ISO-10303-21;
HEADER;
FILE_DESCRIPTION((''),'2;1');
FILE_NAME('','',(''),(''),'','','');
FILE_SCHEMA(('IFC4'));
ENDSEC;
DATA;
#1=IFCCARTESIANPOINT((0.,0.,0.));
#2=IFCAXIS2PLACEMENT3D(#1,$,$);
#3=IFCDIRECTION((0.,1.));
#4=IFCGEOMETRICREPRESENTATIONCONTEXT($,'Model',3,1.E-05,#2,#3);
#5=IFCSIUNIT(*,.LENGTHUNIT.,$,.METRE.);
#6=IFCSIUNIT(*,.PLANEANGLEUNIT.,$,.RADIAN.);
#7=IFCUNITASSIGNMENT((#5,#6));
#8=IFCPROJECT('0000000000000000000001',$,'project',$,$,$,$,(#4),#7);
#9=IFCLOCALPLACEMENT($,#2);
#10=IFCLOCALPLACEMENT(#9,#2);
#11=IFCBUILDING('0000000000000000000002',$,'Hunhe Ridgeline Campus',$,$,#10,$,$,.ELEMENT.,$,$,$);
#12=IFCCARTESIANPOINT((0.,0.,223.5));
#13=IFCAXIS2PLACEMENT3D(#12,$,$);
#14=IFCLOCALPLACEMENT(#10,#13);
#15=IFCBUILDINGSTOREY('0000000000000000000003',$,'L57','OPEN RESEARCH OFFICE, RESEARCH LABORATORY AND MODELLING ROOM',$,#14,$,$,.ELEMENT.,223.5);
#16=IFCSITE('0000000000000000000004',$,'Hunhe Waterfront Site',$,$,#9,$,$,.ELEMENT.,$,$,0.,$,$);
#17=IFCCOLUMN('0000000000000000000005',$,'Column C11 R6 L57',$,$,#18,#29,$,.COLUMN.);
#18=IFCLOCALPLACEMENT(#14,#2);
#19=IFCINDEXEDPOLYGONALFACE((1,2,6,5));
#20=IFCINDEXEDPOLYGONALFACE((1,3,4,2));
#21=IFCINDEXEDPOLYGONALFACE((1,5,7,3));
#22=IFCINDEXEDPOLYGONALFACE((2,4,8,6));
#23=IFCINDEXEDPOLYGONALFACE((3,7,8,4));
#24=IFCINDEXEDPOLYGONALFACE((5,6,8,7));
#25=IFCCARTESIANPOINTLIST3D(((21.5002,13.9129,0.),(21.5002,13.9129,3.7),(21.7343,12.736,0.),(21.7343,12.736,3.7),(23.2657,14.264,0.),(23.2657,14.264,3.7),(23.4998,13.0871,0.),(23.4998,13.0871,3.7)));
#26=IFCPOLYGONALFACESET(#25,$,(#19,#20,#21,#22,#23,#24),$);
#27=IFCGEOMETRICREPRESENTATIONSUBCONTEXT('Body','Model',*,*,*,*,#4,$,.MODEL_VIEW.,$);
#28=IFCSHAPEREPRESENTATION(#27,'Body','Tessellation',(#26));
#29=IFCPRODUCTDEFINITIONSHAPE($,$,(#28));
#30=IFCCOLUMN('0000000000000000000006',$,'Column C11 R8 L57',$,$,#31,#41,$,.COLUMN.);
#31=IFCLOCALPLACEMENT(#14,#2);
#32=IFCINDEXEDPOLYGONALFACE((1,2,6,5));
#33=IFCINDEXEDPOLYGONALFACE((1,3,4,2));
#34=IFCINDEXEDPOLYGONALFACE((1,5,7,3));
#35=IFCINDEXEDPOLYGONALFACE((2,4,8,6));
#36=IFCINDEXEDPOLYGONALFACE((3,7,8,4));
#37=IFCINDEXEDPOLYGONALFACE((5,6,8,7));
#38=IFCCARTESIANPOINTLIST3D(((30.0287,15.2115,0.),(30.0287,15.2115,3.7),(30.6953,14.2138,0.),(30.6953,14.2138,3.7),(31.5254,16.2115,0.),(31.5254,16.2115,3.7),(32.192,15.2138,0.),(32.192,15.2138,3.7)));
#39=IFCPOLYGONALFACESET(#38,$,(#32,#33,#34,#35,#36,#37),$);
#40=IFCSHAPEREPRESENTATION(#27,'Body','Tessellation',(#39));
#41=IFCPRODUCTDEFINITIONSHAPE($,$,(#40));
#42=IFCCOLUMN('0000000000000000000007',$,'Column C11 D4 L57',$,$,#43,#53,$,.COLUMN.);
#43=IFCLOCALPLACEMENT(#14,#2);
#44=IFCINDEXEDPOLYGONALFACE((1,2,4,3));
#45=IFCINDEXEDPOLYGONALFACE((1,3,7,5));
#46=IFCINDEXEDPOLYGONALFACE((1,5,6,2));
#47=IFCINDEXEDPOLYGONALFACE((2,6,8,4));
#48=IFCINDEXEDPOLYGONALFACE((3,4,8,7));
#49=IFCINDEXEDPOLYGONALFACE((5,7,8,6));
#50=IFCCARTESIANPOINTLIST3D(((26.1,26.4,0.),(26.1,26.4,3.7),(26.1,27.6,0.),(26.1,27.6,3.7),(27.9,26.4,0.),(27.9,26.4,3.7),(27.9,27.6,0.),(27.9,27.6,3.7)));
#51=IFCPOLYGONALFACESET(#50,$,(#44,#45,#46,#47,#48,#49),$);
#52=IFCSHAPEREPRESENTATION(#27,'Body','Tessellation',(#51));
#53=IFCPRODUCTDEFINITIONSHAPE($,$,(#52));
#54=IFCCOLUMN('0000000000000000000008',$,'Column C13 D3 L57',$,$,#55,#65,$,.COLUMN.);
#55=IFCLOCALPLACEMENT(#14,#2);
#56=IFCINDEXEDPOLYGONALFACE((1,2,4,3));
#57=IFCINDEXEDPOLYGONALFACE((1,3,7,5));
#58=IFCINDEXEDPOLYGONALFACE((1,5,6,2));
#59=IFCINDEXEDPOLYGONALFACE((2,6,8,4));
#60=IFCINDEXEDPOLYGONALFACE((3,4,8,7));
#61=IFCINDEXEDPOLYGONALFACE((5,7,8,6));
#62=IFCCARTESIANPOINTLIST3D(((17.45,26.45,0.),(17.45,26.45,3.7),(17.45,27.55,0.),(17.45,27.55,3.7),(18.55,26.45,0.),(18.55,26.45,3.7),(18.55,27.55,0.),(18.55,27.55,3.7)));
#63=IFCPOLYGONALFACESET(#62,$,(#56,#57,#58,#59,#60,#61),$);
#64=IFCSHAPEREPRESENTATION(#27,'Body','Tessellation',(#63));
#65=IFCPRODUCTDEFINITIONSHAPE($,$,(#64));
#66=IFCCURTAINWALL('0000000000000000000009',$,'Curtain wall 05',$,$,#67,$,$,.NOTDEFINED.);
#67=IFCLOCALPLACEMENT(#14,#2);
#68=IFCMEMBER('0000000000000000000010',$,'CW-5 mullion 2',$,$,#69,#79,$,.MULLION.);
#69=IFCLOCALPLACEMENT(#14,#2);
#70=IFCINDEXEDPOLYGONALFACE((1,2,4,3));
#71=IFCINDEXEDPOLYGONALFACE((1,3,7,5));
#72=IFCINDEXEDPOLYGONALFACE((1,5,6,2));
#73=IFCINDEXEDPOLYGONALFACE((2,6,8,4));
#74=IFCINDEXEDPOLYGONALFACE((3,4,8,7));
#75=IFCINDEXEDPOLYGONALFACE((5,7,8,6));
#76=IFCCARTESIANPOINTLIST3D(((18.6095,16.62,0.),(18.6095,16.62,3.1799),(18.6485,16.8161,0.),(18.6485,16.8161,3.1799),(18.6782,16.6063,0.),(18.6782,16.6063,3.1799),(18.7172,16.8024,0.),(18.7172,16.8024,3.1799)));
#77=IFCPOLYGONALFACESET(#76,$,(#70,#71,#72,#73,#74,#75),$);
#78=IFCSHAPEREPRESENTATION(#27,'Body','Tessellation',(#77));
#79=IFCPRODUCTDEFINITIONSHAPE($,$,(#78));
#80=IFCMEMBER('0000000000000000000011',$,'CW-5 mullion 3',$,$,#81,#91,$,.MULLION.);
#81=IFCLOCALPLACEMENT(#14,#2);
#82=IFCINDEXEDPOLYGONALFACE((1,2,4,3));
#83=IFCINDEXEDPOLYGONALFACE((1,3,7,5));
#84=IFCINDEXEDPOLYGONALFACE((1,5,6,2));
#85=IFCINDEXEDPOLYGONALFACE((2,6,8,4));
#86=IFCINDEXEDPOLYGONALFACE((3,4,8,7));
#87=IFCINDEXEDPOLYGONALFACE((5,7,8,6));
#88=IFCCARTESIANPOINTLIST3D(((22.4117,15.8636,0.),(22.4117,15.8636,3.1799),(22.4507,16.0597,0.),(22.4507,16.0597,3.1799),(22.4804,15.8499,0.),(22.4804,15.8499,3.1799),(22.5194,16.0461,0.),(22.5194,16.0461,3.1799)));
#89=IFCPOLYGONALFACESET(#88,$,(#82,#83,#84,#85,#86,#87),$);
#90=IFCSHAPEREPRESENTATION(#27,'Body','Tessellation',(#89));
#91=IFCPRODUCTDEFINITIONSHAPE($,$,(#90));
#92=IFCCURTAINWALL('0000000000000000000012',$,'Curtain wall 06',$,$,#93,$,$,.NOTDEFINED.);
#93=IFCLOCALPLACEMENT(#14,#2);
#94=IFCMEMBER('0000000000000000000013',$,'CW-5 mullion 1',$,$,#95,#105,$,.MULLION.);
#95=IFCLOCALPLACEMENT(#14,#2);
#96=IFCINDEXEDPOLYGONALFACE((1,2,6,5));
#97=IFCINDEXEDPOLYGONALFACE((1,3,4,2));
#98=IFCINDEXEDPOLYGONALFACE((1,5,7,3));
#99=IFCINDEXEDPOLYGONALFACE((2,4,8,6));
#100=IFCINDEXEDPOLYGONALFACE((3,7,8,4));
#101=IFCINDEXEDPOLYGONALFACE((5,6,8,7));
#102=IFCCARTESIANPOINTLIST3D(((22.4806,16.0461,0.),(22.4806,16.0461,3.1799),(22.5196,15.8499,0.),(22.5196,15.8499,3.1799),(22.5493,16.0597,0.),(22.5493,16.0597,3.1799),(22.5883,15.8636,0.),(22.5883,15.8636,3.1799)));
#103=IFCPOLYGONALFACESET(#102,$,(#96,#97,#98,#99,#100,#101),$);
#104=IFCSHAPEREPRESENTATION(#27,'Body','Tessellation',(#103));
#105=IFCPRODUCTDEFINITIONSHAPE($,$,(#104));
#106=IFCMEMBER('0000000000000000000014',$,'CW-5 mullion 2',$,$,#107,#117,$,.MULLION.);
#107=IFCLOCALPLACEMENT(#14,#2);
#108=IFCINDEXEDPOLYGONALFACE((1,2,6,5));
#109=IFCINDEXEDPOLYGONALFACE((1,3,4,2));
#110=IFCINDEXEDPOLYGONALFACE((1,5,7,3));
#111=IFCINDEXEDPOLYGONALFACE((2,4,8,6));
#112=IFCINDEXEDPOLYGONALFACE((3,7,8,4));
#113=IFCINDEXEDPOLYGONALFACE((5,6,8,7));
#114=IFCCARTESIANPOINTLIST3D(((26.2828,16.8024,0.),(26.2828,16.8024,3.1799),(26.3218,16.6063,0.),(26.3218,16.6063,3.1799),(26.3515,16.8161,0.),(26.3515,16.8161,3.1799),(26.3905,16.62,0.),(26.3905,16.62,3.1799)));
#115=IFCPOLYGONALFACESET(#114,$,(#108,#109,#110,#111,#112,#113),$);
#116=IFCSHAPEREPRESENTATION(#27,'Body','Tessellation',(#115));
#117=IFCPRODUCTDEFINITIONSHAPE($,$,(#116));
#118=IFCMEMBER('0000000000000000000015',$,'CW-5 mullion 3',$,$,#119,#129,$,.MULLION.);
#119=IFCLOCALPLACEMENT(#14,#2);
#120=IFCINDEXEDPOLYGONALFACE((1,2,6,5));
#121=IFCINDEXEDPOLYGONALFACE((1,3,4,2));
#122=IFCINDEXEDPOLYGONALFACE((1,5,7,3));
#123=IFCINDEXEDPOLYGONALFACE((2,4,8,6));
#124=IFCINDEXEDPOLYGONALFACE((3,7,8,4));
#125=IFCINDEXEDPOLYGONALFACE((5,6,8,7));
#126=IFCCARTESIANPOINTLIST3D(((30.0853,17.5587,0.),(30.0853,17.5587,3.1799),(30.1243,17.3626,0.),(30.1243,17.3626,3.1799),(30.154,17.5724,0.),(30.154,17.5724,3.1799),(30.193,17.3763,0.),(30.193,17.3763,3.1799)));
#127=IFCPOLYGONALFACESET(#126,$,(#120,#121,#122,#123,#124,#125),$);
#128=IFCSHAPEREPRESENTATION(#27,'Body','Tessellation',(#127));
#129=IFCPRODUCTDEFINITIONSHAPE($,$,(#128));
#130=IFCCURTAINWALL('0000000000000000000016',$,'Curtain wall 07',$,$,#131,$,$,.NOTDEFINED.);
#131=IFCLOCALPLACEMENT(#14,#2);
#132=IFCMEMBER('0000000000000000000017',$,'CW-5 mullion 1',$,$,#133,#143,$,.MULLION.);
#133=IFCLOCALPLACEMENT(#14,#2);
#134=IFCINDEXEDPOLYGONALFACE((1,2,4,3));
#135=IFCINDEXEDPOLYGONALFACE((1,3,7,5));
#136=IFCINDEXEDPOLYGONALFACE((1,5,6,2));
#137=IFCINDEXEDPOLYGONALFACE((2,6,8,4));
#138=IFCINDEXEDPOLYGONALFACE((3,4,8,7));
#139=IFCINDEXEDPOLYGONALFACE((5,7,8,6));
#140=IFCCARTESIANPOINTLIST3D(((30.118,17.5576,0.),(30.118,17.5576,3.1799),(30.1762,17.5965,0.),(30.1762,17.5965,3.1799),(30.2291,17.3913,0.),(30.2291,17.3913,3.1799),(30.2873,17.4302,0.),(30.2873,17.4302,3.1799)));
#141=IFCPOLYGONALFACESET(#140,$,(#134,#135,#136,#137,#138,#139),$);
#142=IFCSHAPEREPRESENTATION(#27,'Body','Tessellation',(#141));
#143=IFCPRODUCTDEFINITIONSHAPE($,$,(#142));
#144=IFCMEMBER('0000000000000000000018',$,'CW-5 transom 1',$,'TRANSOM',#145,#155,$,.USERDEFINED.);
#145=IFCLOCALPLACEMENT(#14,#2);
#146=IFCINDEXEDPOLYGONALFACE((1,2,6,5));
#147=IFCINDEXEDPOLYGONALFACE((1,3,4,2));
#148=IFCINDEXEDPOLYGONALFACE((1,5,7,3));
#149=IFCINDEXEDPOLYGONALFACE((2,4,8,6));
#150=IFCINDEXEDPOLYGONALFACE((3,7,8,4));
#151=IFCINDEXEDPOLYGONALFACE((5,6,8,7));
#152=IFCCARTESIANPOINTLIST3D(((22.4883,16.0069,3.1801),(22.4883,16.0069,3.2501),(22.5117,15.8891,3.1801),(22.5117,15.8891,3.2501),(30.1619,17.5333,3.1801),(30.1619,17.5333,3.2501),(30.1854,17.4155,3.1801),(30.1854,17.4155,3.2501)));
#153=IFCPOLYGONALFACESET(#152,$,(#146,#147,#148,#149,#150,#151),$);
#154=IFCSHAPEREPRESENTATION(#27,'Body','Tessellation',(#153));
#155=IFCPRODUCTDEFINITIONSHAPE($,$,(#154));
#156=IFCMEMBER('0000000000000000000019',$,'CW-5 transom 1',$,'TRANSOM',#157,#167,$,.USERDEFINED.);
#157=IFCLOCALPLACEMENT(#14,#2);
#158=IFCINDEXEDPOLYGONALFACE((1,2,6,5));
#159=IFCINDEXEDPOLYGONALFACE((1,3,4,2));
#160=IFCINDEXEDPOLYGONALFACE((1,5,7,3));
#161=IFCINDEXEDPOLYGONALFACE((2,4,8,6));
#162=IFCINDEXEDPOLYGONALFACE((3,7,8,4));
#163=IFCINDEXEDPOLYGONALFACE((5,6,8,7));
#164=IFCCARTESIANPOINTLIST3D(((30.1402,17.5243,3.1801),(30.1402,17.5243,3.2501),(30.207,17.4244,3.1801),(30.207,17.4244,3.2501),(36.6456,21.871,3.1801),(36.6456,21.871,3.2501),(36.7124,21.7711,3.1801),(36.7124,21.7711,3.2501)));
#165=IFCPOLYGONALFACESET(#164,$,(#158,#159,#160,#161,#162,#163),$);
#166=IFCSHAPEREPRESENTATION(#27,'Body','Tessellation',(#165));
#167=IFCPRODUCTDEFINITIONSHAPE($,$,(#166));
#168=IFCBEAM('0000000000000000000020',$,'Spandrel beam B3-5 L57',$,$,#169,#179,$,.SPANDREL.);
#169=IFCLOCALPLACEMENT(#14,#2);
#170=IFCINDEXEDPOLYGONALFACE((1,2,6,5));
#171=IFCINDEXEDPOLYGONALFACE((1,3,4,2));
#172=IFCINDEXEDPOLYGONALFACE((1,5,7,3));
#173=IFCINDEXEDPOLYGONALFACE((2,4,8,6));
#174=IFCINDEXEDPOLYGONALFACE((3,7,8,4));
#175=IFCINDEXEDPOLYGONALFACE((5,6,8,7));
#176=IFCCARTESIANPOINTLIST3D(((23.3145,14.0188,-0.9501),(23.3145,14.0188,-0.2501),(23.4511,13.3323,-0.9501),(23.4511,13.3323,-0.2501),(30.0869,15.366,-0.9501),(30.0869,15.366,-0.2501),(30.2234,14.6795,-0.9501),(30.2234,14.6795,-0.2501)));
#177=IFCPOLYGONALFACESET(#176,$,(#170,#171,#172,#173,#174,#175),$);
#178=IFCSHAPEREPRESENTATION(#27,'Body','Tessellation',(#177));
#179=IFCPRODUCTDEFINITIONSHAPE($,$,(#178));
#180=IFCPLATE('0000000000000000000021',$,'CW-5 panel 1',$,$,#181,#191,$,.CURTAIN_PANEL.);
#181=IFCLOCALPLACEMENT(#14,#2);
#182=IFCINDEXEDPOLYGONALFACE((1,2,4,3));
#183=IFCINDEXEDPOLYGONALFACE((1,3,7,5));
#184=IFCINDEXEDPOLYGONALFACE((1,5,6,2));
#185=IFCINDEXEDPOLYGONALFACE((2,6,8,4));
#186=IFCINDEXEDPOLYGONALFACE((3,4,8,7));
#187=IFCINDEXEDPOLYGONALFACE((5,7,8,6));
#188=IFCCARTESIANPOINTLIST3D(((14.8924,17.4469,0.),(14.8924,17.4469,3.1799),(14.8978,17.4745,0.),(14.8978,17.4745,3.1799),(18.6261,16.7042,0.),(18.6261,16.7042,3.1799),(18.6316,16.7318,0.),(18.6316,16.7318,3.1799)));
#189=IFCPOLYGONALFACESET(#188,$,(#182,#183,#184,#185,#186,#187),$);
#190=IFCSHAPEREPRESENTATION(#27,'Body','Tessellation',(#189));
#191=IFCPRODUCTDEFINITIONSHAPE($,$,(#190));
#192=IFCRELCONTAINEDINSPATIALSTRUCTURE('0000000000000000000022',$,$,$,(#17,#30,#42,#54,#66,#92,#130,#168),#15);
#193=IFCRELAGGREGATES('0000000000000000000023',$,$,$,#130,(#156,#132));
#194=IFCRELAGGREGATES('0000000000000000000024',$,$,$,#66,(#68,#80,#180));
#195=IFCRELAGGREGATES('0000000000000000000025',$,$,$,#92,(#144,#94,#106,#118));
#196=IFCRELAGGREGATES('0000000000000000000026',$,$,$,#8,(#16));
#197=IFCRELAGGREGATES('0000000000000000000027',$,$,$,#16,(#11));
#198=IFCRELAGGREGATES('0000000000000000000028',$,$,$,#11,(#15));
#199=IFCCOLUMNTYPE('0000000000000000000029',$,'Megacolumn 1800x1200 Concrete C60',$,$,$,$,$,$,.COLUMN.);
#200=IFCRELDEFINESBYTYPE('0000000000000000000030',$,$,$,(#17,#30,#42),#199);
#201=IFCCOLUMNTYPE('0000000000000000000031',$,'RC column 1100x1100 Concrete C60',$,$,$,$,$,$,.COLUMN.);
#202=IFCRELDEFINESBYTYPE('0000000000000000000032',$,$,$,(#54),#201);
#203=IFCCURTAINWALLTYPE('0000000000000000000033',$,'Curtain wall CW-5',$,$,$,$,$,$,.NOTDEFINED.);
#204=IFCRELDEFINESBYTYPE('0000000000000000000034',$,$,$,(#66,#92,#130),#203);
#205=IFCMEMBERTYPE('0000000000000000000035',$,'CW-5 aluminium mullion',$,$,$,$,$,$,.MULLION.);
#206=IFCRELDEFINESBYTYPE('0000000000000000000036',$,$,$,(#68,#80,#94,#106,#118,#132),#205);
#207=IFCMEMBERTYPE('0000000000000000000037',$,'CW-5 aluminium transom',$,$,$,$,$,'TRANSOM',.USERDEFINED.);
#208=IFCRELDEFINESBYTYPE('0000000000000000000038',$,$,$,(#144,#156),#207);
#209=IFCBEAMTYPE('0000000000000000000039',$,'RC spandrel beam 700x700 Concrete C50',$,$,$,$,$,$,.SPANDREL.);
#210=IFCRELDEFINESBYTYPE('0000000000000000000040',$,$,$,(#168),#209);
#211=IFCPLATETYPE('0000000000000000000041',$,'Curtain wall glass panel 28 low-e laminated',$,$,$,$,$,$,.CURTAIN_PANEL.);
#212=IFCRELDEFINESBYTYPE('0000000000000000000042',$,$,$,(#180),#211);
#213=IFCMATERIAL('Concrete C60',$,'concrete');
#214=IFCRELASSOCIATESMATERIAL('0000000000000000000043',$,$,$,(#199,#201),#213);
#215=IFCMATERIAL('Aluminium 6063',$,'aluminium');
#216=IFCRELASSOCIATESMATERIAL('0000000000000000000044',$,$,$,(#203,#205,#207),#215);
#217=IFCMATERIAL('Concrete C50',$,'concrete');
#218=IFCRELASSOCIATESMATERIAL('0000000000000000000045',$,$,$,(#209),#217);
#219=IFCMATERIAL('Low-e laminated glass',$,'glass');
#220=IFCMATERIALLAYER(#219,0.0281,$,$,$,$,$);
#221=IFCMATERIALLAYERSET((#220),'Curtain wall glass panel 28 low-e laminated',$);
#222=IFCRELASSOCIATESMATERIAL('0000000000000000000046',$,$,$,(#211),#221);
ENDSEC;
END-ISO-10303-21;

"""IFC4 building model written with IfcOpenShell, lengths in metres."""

from ifc_helpers import new_model, si_unit, direction, frame, origin, origin_2d, place, context, subcontext, project, spatial, rectangle, extrude, material, layer, layer_set, material_profile, profile_set, type_object, element, aggregate, save


model = new_model("IFC4")

# Units and contexts
model_context = context("Model", 3, precision=1e-05, world=origin(), true_north=direction((0.0, 1.0)))
body_context = subcontext(model_context, "Body", "Model", "MODEL_VIEW")
ifc_project = project(units=[si_unit("LENGTHUNIT", "METRE"), si_unit("PLANEANGLEUNIT", "RADIAN")], contexts=[model_context])

# Site, building, storey
site_placement = place(None, origin())
site = spatial("IfcSite", under=ifc_project, at=site_placement, Name="Hunhe Waterfront Site", CompositionType="ELEMENT", RefElevation=0.0)
building_placement = place(site_placement, origin())
building = spatial("IfcBuilding", under=site, at=building_placement, Name="Hunhe Ridgeline Campus", CompositionType="ELEMENT")
storey_placement = place(building_placement, frame((0.0, 0.0, 223.5)))
storey = spatial("IfcBuildingStorey", under=building, at=storey_placement, Name="L57", Description="OPEN RESEARCH OFFICE, RESEARCH LABORATORY AND MODELLING ROOM", CompositionType="ELEMENT", Elevation=223.5)

# Columns
ifc_material_1 = material(Name="Concrete C60", Category="concrete")
ifc_material_profile_1 = material_profile(ifc_material_1, rectangle(XDim=1.8, YDim=1.2, at=origin_2d()))
ifc_profile_set_1 = profile_set([ifc_material_profile_1], Name="Concrete C60")
column_type_1 = type_object("IfcColumnType", Name="Megacolumn 1800x1200 Concrete C60", PredefinedType="COLUMN", material=ifc_profile_set_1)
for number, where, z_axis, x_axis, name in (
    (1, (22.5, 13.5, 0.0), (0.0, 0.0, 1.0), (0.980785, 0.19509, 0.0), "Column C11 R6 L57"),
    (2, (31.1104, 15.2126, 0.0), (0.0, 0.0, 1.0), (0.83147, 0.55557, 0.0), "Column C11 R8 L57"),
    (3, (27.0, 27.0, 0.0), (0.0, 0.0, 1.0), (1.0, 0.0, 0.0), "Column C11 D4 L57"),
):
    element("IfcColumn", number, at=place(storey_placement, frame(where, z_axis=z_axis, x_axis=x_axis)), inside=storey, type_object=column_type_1, Name=name, PredefinedType="COLUMN", context=body_context, shape_type="SweptSolid", body=[
        extrude(rectangle(XDim=1.8, YDim=1.2, at=origin_2d()), origin(), (0.0, 0.0, 1.0), 3.7),
    ])
ifc_material_profile_2 = material_profile(ifc_material_1, rectangle(XDim=1.1001, YDim=1.1001, at=origin_2d()))
ifc_profile_set_2 = profile_set([ifc_material_profile_2], Name="Concrete C60")
column_type_2 = type_object("IfcColumnType", Name="RC column 1100x1100 Concrete C60", PredefinedType="COLUMN", material=ifc_profile_set_2)
column_placement = place(storey_placement, frame((18.0, 27.0, 0.0), z_axis=(0.0, 0.0, 1.0), x_axis=(1.0, 0.0, 0.0)))
element("IfcColumn", 4, at=column_placement, inside=storey, type_object=column_type_2, Name="Column C13 D3 L57", PredefinedType="COLUMN", context=body_context, shape_type="SweptSolid", body=[
    extrude(rectangle(XDim=1.1001, YDim=1.1001, at=origin_2d()), origin(), (0.0, 0.0, 1.0), 3.7),
])

# Curtain walls, members
ifc_material_2 = material(Name="Aluminium 6063", Category="aluminium")
curtain_wall_type = type_object("IfcCurtainWallType", Name="Curtain wall CW-5", PredefinedType="NOTDEFINED", material=ifc_material_2)
curtain_wall_1_placement = place(storey_placement, origin())
curtain_wall_1 = element("IfcCurtainWall", 5, at=curtain_wall_1_placement, inside=storey, type_object=curtain_wall_type, Name="Curtain wall 05", PredefinedType="NOTDEFINED")
ifc_material_profile_3 = material_profile(ifc_material_2, rectangle(XDim=0.2, YDim=0.0701, at=origin_2d()))
ifc_profile_set_3 = profile_set([ifc_material_profile_3], Name="Aluminium 6063")
member_type_1 = type_object("IfcMemberType", Name="CW-5 aluminium mullion", PredefinedType="MULLION", material=ifc_profile_set_3)
member_1_placement = place(storey_placement, frame((18.6633, 16.7112, 0.0), z_axis=(0.0, 0.0, 1.0), x_axis=(0.19509, 0.980785, 0.0)))
member_1 = element("IfcMember", 6, at=member_1_placement, type_object=member_type_1, Name="CW-5 mullion 2", PredefinedType="MULLION", context=body_context, shape_type="SweptSolid", body=[
    extrude(rectangle(XDim=0.2, YDim=0.0701, at=origin_2d()), origin(), (0.0, 0.0, 1.0), 3.1799),
])
member_2_placement = place(storey_placement, frame((22.4656, 15.9548, 0.0), z_axis=(0.0, 0.0, 1.0), x_axis=(0.19509, 0.980785, 0.0)))
member_2 = element("IfcMember", 7, at=member_2_placement, type_object=member_type_1, Name="CW-5 mullion 3", PredefinedType="MULLION", context=body_context, shape_type="SweptSolid", body=[
    extrude(rectangle(XDim=0.2, YDim=0.0701, at=origin_2d()), origin(), (0.0, 0.0, 1.0), 3.1799),
])
curtain_wall_2_placement = place(storey_placement, origin())
curtain_wall_2 = element("IfcCurtainWall", 8, at=curtain_wall_2_placement, inside=storey, type_object=curtain_wall_type, Name="Curtain wall 06", PredefinedType="NOTDEFINED")
member_3_placement = place(storey_placement, frame((22.5344, 15.9548, 0.0), z_axis=(0.0, 0.0, 1.0), x_axis=(-0.19509, 0.980785, 0.0)))
member_3 = element("IfcMember", 9, at=member_3_placement, type_object=member_type_1, Name="CW-5 mullion 1", PredefinedType="MULLION", context=body_context, shape_type="SweptSolid", body=[
    extrude(rectangle(XDim=0.2, YDim=0.0701, at=origin_2d()), origin(), (0.0, 0.0, 1.0), 3.1799),
])
member_4_placement = place(storey_placement, frame((26.3367, 16.7112, 0.0), z_axis=(0.0, 0.0, 1.0), x_axis=(-0.19509, 0.980785, 0.0)))
member_4 = element("IfcMember", 10, at=member_4_placement, type_object=member_type_1, Name="CW-5 mullion 2", PredefinedType="MULLION", context=body_context, shape_type="SweptSolid", body=[
    extrude(rectangle(XDim=0.2, YDim=0.0701, at=origin_2d()), origin(), (0.0, 0.0, 1.0), 3.1799),
])
member_5_placement = place(storey_placement, frame((30.1392, 17.4675, 0.0), z_axis=(0.0, 0.0, 1.0), x_axis=(-0.19509, 0.980785, 0.0)))
member_5 = element("IfcMember", 11, at=member_5_placement, type_object=member_type_1, Name="CW-5 mullion 3", PredefinedType="MULLION", context=body_context, shape_type="SweptSolid", body=[
    extrude(rectangle(XDim=0.2, YDim=0.0701, at=origin_2d()), origin(), (0.0, 0.0, 1.0), 3.1799),
])

# Curtain wall, member
curtain_wall_3_placement = place(storey_placement, origin())
curtain_wall_3 = element("IfcCurtainWall", 12, at=curtain_wall_3_placement, inside=storey, type_object=curtain_wall_type, Name="Curtain wall 07", PredefinedType="NOTDEFINED")
member_6_placement = place(storey_placement, frame((30.2026, 17.4939, 0.0), z_axis=(0.0, 0.0, 1.0), x_axis=(-0.55557, 0.83147, 0.0)))
member_6 = element("IfcMember", 13, at=member_6_placement, type_object=member_type_1, Name="CW-5 mullion 1", PredefinedType="MULLION", context=body_context, shape_type="SweptSolid", body=[
    extrude(rectangle(XDim=0.2, YDim=0.0701, at=origin_2d()), origin(), (0.0, 0.0, 1.0), 3.1799),
])

# Members
ifc_material_profile_4 = material_profile(ifc_material_2, rectangle(XDim=0.1201, YDim=0.0701, at=origin_2d()))
ifc_profile_set_4 = profile_set([ifc_material_profile_4], Name="Aluminium 6063")
member_type_2 = type_object("IfcMemberType", Name="CW-5 aluminium transom", ElementType="TRANSOM", PredefinedType="USERDEFINED", material=ifc_profile_set_4)
member_7_placement = place(storey_placement, frame((22.5, 15.948, 3.2151), z_axis=(0.980785, 0.19509, 0.0), x_axis=(-0.19509, 0.980785, 0.0)))
member_7 = element("IfcMember", 14, at=member_7_placement, type_object=member_type_2, Name="CW-5 transom 1", ObjectType="TRANSOM", PredefinedType="USERDEFINED", context=body_context, shape_type="SweptSolid", body=[
    extrude(rectangle(XDim=0.1201, YDim=0.0701, at=origin_2d()), origin(), (0.0, 0.0, 1.0), 7.824),
])
member_8_placement = place(storey_placement, frame((30.1736, 17.4744, 3.2151), z_axis=(0.831474, 0.555564, 0.0), x_axis=(-0.555564, 0.831474, 0.0)))
member_8 = element("IfcMember", 15, at=member_8_placement, type_object=member_type_2, Name="CW-5 transom 1", ObjectType="TRANSOM", PredefinedType="USERDEFINED", context=body_context, shape_type="SweptSolid", body=[
    extrude(rectangle(XDim=0.1201, YDim=0.0701, at=origin_2d()), origin(), (0.0, 0.0, 1.0), 7.824),
])
aggregate(curtain_wall_3, [member_8, member_6])

# Beam
ifc_material_3 = material(Name="Concrete C50", Category="concrete")
ifc_material_profile_5 = material_profile(ifc_material_3, rectangle(XDim=0.7, YDim=0.7, at=origin_2d()))
ifc_profile_set_5 = profile_set([ifc_material_profile_5], Name="Concrete C50")
beam_type = type_object("IfcBeamType", Name="RC spandrel beam 700x700 Concrete C50", PredefinedType="SPANDREL", material=ifc_profile_set_5)
beam_placement = place(storey_placement, frame((23.3828, 13.6755, -0.6001), z_axis=(0.980783, 0.195103, 0.0), x_axis=(-0.195103, 0.980783, 0.0)))
element("IfcBeam", 16, at=beam_placement, inside=storey, type_object=beam_type, Name="Spandrel beam B3-5 L57", PredefinedType="SPANDREL", context=body_context, shape_type="SweptSolid", body=[
    extrude(rectangle(XDim=0.7, YDim=0.7, at=origin_2d()), origin(), (0.0, 0.0, 1.0), 6.905),
])

# Plate
ifc_material_4 = material(Name="Low-e laminated glass", Category="glass")
ifc_layer_1 = layer(ifc_material_4, 0.0281)
ifc_layer_set_1 = layer_set([ifc_layer_1], Name="Curtain wall glass panel 28 low-e laminated")
plate_type = type_object("IfcPlateType", Name="Curtain wall glass panel 28 low-e laminated", PredefinedType="CURTAIN_PANEL", material=ifc_layer_set_1)
plate_1_placement = place(storey_placement, frame((16.762, 17.0894, 0.0), z_axis=(0.0, 0.0, 1.0), x_axis=(0.980785, -0.19509, 0.0)))
plate_1 = element("IfcPlate", 17, at=plate_1_placement, type_object=plate_type, Name="CW-5 panel 1", PredefinedType="CURTAIN_PANEL", context=body_context, shape_type="SweptSolid", body=[
    extrude(rectangle(XDim=3.8069, YDim=0.0281, at=origin_2d()), origin(), (0.0, 0.0, 1.0), 3.1799),
])
aggregate(curtain_wall_1, [member_1, member_2, plate_1])
aggregate(curtain_wall_2, [member_7, member_3, member_4, member_5])

save(model, "model.ifc")
